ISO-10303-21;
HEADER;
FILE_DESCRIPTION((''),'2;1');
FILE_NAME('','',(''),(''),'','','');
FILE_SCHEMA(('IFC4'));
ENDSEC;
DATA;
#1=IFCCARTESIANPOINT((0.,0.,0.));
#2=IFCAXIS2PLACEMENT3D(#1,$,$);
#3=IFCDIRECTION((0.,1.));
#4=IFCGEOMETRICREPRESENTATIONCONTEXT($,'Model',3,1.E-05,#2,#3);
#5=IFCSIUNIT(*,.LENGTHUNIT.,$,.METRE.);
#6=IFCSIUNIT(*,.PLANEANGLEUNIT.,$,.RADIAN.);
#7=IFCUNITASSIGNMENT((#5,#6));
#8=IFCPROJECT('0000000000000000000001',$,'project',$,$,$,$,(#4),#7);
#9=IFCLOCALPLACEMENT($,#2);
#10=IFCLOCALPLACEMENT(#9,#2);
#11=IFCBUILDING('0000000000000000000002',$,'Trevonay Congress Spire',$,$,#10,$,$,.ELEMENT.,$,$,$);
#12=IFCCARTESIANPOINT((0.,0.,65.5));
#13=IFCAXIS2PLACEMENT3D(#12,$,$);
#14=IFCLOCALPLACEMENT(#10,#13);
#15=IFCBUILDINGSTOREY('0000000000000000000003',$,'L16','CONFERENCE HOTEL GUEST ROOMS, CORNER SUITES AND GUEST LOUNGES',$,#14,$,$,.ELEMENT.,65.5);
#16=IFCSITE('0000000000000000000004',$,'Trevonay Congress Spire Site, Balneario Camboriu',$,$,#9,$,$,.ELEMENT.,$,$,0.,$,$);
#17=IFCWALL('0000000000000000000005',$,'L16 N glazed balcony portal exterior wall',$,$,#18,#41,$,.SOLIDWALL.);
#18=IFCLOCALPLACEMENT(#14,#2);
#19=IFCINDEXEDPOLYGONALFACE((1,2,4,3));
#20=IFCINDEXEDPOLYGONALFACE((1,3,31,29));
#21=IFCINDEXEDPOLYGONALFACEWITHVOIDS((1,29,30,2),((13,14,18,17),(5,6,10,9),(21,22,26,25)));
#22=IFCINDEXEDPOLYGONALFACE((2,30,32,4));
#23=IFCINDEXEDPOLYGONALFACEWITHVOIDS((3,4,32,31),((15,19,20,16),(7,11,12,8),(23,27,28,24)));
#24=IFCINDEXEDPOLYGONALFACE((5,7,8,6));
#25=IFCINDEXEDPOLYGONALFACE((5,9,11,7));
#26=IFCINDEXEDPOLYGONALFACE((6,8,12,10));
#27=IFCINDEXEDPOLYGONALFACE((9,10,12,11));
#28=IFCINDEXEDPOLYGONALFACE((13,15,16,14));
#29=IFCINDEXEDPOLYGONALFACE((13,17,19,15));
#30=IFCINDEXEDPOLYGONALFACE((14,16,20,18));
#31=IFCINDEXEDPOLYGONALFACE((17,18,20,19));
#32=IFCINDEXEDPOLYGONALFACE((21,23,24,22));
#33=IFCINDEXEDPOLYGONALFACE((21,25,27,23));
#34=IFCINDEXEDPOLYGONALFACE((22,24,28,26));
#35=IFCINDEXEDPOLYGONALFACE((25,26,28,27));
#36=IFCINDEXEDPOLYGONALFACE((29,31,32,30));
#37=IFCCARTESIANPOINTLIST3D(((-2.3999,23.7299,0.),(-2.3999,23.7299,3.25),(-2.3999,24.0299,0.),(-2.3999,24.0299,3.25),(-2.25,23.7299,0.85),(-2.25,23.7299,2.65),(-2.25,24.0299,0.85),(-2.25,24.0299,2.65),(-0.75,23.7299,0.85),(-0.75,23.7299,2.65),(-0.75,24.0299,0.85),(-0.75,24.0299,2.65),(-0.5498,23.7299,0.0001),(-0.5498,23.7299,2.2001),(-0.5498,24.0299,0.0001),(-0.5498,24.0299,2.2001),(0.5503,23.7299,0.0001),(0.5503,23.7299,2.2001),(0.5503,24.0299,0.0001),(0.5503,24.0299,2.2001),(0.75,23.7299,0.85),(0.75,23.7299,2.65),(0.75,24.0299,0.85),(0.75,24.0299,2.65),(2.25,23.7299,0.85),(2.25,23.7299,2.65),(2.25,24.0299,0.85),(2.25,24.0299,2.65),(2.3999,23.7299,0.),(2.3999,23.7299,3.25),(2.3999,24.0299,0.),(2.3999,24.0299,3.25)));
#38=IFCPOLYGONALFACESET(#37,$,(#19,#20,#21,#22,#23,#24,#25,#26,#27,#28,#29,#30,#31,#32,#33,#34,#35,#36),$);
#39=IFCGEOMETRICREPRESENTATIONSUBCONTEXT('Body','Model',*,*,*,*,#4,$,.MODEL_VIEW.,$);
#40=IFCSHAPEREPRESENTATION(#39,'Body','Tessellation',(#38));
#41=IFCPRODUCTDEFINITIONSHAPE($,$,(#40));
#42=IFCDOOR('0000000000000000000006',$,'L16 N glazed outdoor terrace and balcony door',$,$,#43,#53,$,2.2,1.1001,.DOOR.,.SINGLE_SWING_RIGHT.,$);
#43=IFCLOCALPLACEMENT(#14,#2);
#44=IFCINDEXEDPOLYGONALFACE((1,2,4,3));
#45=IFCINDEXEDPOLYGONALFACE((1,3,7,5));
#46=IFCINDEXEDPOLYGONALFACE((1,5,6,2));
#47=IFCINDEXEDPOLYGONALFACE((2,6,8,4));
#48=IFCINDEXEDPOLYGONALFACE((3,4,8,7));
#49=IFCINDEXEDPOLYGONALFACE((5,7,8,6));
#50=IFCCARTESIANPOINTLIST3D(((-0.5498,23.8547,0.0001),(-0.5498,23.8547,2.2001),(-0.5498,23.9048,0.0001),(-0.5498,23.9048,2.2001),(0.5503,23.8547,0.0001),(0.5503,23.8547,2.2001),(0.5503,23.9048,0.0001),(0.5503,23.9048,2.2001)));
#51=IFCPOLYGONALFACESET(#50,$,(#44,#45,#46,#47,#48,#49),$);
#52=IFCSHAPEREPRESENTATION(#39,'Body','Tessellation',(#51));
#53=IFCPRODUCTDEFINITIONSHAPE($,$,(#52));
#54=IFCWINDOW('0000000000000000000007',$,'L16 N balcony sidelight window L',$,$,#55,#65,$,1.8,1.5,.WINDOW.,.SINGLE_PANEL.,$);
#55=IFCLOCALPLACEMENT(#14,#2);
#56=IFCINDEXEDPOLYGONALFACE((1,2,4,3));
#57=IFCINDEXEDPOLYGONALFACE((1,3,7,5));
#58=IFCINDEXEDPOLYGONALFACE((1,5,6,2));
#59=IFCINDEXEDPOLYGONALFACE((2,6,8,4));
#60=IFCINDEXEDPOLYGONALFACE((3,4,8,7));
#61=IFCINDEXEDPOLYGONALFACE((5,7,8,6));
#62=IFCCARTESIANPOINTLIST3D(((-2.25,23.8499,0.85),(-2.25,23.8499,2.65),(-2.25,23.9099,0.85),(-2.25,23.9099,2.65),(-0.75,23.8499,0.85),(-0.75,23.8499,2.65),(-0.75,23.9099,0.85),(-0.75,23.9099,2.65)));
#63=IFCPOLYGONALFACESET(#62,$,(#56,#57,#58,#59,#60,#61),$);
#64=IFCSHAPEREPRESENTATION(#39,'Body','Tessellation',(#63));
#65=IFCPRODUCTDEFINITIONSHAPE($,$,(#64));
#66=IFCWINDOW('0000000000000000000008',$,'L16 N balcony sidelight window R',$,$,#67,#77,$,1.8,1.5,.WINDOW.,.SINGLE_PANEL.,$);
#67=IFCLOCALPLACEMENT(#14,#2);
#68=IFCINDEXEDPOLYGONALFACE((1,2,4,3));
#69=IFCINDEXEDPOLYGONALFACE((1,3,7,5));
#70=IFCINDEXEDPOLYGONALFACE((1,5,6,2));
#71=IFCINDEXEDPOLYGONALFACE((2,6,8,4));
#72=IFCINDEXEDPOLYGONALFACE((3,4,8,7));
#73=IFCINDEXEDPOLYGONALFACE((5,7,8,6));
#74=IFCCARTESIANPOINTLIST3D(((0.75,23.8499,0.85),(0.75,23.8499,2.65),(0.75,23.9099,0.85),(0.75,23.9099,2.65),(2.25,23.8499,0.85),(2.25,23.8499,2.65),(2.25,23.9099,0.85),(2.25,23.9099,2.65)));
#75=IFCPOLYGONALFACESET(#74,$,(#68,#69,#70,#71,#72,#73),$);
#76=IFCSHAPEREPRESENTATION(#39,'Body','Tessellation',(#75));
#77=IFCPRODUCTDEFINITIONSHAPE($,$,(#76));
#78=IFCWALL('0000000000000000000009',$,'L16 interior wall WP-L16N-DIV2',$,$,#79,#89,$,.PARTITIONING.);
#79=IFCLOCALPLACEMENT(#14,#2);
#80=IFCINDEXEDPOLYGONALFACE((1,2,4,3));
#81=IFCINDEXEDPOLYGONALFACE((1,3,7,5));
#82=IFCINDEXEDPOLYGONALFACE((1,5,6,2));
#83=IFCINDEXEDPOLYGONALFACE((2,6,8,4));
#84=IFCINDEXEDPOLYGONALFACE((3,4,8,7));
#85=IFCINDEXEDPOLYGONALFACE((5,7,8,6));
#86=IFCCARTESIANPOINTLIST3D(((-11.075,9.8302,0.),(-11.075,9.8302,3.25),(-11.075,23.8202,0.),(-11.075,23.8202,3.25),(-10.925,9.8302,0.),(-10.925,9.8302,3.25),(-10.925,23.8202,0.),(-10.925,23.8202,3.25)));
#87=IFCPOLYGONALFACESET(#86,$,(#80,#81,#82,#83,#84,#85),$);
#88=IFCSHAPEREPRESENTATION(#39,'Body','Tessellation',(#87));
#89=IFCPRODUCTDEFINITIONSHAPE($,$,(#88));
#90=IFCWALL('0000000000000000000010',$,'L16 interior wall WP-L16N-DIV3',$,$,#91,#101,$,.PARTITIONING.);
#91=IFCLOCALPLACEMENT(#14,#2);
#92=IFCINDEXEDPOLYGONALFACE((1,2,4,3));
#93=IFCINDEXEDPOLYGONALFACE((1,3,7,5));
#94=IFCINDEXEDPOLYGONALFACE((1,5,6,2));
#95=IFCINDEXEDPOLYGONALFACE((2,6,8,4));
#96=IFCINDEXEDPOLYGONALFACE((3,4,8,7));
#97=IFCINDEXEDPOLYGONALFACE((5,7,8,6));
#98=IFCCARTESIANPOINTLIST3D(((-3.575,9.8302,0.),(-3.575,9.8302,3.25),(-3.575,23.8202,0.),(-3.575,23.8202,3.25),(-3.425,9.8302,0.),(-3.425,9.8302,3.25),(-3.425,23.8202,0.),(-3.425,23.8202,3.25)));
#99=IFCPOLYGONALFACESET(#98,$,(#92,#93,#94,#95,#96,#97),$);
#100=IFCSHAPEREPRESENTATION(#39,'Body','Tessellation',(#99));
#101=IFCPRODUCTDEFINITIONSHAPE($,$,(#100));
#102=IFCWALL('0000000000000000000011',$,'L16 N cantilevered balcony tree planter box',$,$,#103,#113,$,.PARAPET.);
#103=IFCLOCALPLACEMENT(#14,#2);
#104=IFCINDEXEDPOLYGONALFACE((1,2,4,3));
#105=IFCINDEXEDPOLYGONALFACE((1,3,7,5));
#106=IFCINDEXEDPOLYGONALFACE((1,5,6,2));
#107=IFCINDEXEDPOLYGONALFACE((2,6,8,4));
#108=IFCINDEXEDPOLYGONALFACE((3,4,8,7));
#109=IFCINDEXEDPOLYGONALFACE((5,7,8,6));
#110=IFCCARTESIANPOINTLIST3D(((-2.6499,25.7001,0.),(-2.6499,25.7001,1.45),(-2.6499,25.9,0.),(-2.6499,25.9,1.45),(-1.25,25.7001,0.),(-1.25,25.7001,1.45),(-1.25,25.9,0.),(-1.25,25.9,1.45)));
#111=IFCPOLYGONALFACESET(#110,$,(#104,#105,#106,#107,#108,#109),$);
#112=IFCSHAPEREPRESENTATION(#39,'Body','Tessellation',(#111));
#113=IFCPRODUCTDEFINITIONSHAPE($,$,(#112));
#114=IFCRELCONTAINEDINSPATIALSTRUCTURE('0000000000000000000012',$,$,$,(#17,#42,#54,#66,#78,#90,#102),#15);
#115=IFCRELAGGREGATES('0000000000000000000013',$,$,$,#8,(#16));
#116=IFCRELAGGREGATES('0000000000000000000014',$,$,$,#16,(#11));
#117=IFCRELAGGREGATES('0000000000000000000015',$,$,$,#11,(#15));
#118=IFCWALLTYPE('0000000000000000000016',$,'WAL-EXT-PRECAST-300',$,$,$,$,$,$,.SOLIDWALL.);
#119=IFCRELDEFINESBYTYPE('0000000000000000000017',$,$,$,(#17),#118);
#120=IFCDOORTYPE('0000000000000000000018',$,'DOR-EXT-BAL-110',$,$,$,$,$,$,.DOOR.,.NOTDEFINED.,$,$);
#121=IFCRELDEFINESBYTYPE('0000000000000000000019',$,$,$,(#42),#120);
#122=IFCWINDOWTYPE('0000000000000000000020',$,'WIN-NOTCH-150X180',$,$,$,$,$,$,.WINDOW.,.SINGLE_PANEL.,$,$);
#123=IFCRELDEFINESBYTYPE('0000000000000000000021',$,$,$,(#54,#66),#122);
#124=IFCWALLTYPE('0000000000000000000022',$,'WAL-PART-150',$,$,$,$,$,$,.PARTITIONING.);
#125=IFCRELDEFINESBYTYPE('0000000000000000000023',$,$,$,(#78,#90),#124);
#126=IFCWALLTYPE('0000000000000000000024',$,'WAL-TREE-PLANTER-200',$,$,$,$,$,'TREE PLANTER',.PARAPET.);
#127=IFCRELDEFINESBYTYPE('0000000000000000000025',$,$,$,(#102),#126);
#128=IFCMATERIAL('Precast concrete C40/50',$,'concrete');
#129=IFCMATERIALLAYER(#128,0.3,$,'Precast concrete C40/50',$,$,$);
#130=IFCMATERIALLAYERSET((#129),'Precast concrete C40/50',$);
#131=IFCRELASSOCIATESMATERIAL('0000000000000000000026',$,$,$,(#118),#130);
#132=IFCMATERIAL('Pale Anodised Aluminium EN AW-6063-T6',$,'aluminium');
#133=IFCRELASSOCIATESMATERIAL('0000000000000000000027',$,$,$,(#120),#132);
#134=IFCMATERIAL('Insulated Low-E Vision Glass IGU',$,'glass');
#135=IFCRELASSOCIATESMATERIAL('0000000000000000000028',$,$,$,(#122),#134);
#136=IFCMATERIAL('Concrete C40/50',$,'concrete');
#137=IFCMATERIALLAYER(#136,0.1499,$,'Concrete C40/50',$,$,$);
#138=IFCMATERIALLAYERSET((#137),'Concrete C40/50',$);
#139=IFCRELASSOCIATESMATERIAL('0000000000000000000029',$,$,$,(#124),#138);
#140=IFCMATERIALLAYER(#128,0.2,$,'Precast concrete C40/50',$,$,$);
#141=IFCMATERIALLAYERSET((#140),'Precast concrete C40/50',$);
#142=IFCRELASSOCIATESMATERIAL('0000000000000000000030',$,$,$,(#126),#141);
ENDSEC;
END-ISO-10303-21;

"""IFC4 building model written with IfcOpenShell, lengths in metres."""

from ifc_helpers import new_model, si_unit, direction, frame, frame_2d, origin, place, context, subcontext, project, spatial, rectangle, extrude, material, layer, layer_set, type_object, element, fill, save


model = new_model("IFC4")

# Units and contexts
model_context = context("Model", 3, precision=1e-05, world=origin(), true_north=direction((0.0, 1.0)))
body_context = subcontext(model_context, "Body", "Model", "MODEL_VIEW")
ifc_project = project(units=[si_unit("LENGTHUNIT", "METRE"), si_unit("PLANEANGLEUNIT", "RADIAN")], contexts=[model_context])

# Site, building, storey
site_placement = place(None, origin())
site = spatial("IfcSite", under=ifc_project, at=site_placement, Name="Trevonay Congress Spire Site, Balneario Camboriu", CompositionType="ELEMENT", RefElevation=0.0)
building_placement = place(site_placement, origin())
building = spatial("IfcBuilding", under=site, at=building_placement, Name="Trevonay Congress Spire", CompositionType="ELEMENT")
storey_placement = place(building_placement, frame((0.0, 0.0, 65.5)))
storey = spatial("IfcBuildingStorey", under=building, at=storey_placement, Name="L16", Description="CONFERENCE HOTEL GUEST ROOMS, CORNER SUITES AND GUEST LOUNGES", CompositionType="ELEMENT", Elevation=65.5)

# Shared definitions
ifc_material_1 = material(Name="Pale Anodised Aluminium EN AW-6063-T6", Category="aluminium")

# Shared definitions
ifc_material_2 = material(Name="Insulated Low-E Vision Glass IGU", Category="glass")

# Wall, openings, door, windows
ifc_material_3 = material(Name="Precast concrete C40/50", Category="concrete")
ifc_layer_1 = layer(ifc_material_3, 0.3, Name="Precast concrete C40/50")
ifc_layer_set_1 = layer_set([ifc_layer_1], Name="Precast concrete C40/50")
wall_type_1 = type_object("IfcWallType", Name="WAL-EXT-PRECAST-300", PredefinedType="SOLIDWALL", material=ifc_layer_set_1)
wall_1_placement = place(storey_placement, frame((-2.3999, 23.8799, 0.0), z_axis=(0.0, 0.0, 1.0), x_axis=(1.0, 0.0, 0.0)))
wall_1 = element("IfcWall", 1, at=wall_1_placement, inside=storey, type_object=wall_type_1, Name="L16 N glazed balcony portal exterior wall", PredefinedType="SOLIDWALL", context=body_context, shape_type="SweptSolid", body=[
    extrude(rectangle(XDim=4.7998, YDim=0.3, at=frame_2d((2.3999, 0.0))), origin(), (0.0, 0.0, 1.0), 3.25),
])
opening_1_placement = place(wall_1_placement, frame((1.8501, 0.0, 0.0)))
opening_1 = element("IfcOpeningElement", 2, at=opening_1_placement, cuts=wall_1, PredefinedType="OPENING", context=body_context, shape_type="SweptSolid", body=[
    extrude(rectangle(XDim=1.1001, YDim=2.2, at=frame_2d((0.55, 1.1001))), frame((0.0, 0.1602, 0.0), z_axis=(0.0, -1.0, 0.0), x_axis=(1.0, 0.0, 0.0)), (0.0, 0.0, 1.0), 0.3201),
])
opening_2_placement = place(wall_1_placement, frame((0.1499, 0.0, 0.8501)))
opening_2 = element("IfcOpeningElement", 3, at=opening_2_placement, cuts=wall_1, PredefinedType="OPENING", context=body_context, shape_type="SweptSolid", body=[
    extrude(rectangle(XDim=1.5, YDim=1.8, at=frame_2d((0.75, 0.8999))), frame((0.0, 0.1602, 0.0), z_axis=(0.0, -1.0, 0.0), x_axis=(1.0, 0.0, 0.0)), (0.0, 0.0, 1.0), 0.3201),
])
opening_3_placement = place(wall_1_placement, frame((3.1499, 0.0, 0.8501)))
opening_3 = element("IfcOpeningElement", 4, at=opening_3_placement, cuts=wall_1, PredefinedType="OPENING", context=body_context, shape_type="SweptSolid", body=[
    extrude(rectangle(XDim=1.5, YDim=1.8, at=frame_2d((0.75, 0.8999))), frame((0.0, 0.1602, 0.0), z_axis=(0.0, -1.0, 0.0), x_axis=(1.0, 0.0, 0.0)), (0.0, 0.0, 1.0), 0.3201),
])
door_type = type_object("IfcDoorType", Name="DOR-EXT-BAL-110", OperationType="NOTDEFINED", PredefinedType="DOOR", material=ifc_material_1)
door_placement = place(opening_1_placement, origin())
door = element("IfcDoor", 5, at=door_placement, inside=storey, type_object=door_type, Name="L16 N glazed outdoor terrace and balcony door", OperationType="SINGLE_SWING_RIGHT", OverallHeight=2.2, OverallWidth=1.1001, PredefinedType="DOOR", context=body_context, shape_type="SweptSolid", body=[
    extrude(rectangle(XDim=1.1001, YDim=2.2, at=frame_2d((0.55, 1.1001))), frame((0.0, 0.0249, 0.0), z_axis=(0.0, -1.0, 0.0), x_axis=(1.0, 0.0, 0.0)), (0.0, 0.0, 1.0), 0.05),
])
fill(opening_1, door)
window_type = type_object("IfcWindowType", Name="WIN-NOTCH-150X180", PartitioningType="SINGLE_PANEL", PredefinedType="WINDOW", material=ifc_material_2)
window_1_placement = place(opening_2_placement, origin())
window_1 = element("IfcWindow", 6, at=window_1_placement, inside=storey, type_object=window_type, Name="L16 N balcony sidelight window L", OverallHeight=1.8, OverallWidth=1.5, PartitioningType="SINGLE_PANEL", PredefinedType="WINDOW", context=body_context, shape_type="SweptSolid", body=[
    extrude(rectangle(XDim=1.5, YDim=1.8, at=frame_2d((0.75, 0.8999))), frame((0.0, 0.03, 0.0), z_axis=(0.0, -1.0, 0.0), x_axis=(1.0, 0.0, 0.0)), (0.0, 0.0, 1.0), 0.0601),
])
fill(opening_2, window_1)
window_2_placement = place(opening_3_placement, origin())
window_2 = element("IfcWindow", 7, at=window_2_placement, inside=storey, type_object=window_type, Name="L16 N balcony sidelight window R", OverallHeight=1.8, OverallWidth=1.5, PartitioningType="SINGLE_PANEL", PredefinedType="WINDOW", context=body_context, shape_type="SweptSolid", body=[
    extrude(rectangle(XDim=1.5, YDim=1.8, at=frame_2d((0.75, 0.8999))), frame((0.0, 0.03, 0.0), z_axis=(0.0, -1.0, 0.0), x_axis=(1.0, 0.0, 0.0)), (0.0, 0.0, 1.0), 0.0601),
])
fill(opening_3, window_2)

# Walls
ifc_material_4 = material(Name="Concrete C40/50", Category="concrete")
ifc_layer_2 = layer(ifc_material_4, 0.1499, Name="Concrete C40/50")
ifc_layer_set_2 = layer_set([ifc_layer_2], Name="Concrete C40/50")
wall_type_2 = type_object("IfcWallType", Name="WAL-PART-150", PredefinedType="PARTITIONING", material=ifc_layer_set_2)
for number, where, z_axis, x_axis, name in (
    (8, (-11.0, 9.8301, 0.0), (0.0, 0.0, 1.0), (0.0, 1.0, 0.0), "L16 interior wall WP-L16N-DIV2"),
    (9, (-3.5, 9.8301, 0.0), (0.0, 0.0, 1.0), (0.0, 1.0, 0.0), "L16 interior wall WP-L16N-DIV3"),
):
    element("IfcWall", number, at=place(storey_placement, frame(where, z_axis=z_axis, x_axis=x_axis)), inside=storey, type_object=wall_type_2, Name=name, PredefinedType="PARTITIONING", context=body_context, shape_type="SweptSolid", body=[
        extrude(rectangle(XDim=13.99, YDim=0.1499, at=frame_2d((6.9951, 0.0))), origin(), (0.0, 0.0, 1.0), 3.25),
    ])
ifc_layer_3 = layer(ifc_material_3, 0.2, Name="Precast concrete C40/50")
ifc_layer_set_3 = layer_set([ifc_layer_3], Name="Precast concrete C40/50")
wall_type_3 = type_object("IfcWallType", Name="WAL-TREE-PLANTER-200", ElementType="TREE PLANTER", PredefinedType="PARAPET", material=ifc_layer_set_3)
wall_2_placement = place(storey_placement, frame((-2.6499, 25.8, 0.0), z_axis=(0.0, 0.0, 1.0), x_axis=(1.0, 0.0, 0.0)))
element("IfcWall", 10, at=wall_2_placement, inside=storey, type_object=wall_type_3, Name="L16 N cantilevered balcony tree planter box", PredefinedType="PARAPET", context=body_context, shape_type="SweptSolid", body=[
    extrude(rectangle(XDim=1.3999, YDim=0.2, at=frame_2d((0.7, 0.0))), origin(), (0.0, 0.0, 1.0), 1.45),
])

save(model, "model.ifc")
